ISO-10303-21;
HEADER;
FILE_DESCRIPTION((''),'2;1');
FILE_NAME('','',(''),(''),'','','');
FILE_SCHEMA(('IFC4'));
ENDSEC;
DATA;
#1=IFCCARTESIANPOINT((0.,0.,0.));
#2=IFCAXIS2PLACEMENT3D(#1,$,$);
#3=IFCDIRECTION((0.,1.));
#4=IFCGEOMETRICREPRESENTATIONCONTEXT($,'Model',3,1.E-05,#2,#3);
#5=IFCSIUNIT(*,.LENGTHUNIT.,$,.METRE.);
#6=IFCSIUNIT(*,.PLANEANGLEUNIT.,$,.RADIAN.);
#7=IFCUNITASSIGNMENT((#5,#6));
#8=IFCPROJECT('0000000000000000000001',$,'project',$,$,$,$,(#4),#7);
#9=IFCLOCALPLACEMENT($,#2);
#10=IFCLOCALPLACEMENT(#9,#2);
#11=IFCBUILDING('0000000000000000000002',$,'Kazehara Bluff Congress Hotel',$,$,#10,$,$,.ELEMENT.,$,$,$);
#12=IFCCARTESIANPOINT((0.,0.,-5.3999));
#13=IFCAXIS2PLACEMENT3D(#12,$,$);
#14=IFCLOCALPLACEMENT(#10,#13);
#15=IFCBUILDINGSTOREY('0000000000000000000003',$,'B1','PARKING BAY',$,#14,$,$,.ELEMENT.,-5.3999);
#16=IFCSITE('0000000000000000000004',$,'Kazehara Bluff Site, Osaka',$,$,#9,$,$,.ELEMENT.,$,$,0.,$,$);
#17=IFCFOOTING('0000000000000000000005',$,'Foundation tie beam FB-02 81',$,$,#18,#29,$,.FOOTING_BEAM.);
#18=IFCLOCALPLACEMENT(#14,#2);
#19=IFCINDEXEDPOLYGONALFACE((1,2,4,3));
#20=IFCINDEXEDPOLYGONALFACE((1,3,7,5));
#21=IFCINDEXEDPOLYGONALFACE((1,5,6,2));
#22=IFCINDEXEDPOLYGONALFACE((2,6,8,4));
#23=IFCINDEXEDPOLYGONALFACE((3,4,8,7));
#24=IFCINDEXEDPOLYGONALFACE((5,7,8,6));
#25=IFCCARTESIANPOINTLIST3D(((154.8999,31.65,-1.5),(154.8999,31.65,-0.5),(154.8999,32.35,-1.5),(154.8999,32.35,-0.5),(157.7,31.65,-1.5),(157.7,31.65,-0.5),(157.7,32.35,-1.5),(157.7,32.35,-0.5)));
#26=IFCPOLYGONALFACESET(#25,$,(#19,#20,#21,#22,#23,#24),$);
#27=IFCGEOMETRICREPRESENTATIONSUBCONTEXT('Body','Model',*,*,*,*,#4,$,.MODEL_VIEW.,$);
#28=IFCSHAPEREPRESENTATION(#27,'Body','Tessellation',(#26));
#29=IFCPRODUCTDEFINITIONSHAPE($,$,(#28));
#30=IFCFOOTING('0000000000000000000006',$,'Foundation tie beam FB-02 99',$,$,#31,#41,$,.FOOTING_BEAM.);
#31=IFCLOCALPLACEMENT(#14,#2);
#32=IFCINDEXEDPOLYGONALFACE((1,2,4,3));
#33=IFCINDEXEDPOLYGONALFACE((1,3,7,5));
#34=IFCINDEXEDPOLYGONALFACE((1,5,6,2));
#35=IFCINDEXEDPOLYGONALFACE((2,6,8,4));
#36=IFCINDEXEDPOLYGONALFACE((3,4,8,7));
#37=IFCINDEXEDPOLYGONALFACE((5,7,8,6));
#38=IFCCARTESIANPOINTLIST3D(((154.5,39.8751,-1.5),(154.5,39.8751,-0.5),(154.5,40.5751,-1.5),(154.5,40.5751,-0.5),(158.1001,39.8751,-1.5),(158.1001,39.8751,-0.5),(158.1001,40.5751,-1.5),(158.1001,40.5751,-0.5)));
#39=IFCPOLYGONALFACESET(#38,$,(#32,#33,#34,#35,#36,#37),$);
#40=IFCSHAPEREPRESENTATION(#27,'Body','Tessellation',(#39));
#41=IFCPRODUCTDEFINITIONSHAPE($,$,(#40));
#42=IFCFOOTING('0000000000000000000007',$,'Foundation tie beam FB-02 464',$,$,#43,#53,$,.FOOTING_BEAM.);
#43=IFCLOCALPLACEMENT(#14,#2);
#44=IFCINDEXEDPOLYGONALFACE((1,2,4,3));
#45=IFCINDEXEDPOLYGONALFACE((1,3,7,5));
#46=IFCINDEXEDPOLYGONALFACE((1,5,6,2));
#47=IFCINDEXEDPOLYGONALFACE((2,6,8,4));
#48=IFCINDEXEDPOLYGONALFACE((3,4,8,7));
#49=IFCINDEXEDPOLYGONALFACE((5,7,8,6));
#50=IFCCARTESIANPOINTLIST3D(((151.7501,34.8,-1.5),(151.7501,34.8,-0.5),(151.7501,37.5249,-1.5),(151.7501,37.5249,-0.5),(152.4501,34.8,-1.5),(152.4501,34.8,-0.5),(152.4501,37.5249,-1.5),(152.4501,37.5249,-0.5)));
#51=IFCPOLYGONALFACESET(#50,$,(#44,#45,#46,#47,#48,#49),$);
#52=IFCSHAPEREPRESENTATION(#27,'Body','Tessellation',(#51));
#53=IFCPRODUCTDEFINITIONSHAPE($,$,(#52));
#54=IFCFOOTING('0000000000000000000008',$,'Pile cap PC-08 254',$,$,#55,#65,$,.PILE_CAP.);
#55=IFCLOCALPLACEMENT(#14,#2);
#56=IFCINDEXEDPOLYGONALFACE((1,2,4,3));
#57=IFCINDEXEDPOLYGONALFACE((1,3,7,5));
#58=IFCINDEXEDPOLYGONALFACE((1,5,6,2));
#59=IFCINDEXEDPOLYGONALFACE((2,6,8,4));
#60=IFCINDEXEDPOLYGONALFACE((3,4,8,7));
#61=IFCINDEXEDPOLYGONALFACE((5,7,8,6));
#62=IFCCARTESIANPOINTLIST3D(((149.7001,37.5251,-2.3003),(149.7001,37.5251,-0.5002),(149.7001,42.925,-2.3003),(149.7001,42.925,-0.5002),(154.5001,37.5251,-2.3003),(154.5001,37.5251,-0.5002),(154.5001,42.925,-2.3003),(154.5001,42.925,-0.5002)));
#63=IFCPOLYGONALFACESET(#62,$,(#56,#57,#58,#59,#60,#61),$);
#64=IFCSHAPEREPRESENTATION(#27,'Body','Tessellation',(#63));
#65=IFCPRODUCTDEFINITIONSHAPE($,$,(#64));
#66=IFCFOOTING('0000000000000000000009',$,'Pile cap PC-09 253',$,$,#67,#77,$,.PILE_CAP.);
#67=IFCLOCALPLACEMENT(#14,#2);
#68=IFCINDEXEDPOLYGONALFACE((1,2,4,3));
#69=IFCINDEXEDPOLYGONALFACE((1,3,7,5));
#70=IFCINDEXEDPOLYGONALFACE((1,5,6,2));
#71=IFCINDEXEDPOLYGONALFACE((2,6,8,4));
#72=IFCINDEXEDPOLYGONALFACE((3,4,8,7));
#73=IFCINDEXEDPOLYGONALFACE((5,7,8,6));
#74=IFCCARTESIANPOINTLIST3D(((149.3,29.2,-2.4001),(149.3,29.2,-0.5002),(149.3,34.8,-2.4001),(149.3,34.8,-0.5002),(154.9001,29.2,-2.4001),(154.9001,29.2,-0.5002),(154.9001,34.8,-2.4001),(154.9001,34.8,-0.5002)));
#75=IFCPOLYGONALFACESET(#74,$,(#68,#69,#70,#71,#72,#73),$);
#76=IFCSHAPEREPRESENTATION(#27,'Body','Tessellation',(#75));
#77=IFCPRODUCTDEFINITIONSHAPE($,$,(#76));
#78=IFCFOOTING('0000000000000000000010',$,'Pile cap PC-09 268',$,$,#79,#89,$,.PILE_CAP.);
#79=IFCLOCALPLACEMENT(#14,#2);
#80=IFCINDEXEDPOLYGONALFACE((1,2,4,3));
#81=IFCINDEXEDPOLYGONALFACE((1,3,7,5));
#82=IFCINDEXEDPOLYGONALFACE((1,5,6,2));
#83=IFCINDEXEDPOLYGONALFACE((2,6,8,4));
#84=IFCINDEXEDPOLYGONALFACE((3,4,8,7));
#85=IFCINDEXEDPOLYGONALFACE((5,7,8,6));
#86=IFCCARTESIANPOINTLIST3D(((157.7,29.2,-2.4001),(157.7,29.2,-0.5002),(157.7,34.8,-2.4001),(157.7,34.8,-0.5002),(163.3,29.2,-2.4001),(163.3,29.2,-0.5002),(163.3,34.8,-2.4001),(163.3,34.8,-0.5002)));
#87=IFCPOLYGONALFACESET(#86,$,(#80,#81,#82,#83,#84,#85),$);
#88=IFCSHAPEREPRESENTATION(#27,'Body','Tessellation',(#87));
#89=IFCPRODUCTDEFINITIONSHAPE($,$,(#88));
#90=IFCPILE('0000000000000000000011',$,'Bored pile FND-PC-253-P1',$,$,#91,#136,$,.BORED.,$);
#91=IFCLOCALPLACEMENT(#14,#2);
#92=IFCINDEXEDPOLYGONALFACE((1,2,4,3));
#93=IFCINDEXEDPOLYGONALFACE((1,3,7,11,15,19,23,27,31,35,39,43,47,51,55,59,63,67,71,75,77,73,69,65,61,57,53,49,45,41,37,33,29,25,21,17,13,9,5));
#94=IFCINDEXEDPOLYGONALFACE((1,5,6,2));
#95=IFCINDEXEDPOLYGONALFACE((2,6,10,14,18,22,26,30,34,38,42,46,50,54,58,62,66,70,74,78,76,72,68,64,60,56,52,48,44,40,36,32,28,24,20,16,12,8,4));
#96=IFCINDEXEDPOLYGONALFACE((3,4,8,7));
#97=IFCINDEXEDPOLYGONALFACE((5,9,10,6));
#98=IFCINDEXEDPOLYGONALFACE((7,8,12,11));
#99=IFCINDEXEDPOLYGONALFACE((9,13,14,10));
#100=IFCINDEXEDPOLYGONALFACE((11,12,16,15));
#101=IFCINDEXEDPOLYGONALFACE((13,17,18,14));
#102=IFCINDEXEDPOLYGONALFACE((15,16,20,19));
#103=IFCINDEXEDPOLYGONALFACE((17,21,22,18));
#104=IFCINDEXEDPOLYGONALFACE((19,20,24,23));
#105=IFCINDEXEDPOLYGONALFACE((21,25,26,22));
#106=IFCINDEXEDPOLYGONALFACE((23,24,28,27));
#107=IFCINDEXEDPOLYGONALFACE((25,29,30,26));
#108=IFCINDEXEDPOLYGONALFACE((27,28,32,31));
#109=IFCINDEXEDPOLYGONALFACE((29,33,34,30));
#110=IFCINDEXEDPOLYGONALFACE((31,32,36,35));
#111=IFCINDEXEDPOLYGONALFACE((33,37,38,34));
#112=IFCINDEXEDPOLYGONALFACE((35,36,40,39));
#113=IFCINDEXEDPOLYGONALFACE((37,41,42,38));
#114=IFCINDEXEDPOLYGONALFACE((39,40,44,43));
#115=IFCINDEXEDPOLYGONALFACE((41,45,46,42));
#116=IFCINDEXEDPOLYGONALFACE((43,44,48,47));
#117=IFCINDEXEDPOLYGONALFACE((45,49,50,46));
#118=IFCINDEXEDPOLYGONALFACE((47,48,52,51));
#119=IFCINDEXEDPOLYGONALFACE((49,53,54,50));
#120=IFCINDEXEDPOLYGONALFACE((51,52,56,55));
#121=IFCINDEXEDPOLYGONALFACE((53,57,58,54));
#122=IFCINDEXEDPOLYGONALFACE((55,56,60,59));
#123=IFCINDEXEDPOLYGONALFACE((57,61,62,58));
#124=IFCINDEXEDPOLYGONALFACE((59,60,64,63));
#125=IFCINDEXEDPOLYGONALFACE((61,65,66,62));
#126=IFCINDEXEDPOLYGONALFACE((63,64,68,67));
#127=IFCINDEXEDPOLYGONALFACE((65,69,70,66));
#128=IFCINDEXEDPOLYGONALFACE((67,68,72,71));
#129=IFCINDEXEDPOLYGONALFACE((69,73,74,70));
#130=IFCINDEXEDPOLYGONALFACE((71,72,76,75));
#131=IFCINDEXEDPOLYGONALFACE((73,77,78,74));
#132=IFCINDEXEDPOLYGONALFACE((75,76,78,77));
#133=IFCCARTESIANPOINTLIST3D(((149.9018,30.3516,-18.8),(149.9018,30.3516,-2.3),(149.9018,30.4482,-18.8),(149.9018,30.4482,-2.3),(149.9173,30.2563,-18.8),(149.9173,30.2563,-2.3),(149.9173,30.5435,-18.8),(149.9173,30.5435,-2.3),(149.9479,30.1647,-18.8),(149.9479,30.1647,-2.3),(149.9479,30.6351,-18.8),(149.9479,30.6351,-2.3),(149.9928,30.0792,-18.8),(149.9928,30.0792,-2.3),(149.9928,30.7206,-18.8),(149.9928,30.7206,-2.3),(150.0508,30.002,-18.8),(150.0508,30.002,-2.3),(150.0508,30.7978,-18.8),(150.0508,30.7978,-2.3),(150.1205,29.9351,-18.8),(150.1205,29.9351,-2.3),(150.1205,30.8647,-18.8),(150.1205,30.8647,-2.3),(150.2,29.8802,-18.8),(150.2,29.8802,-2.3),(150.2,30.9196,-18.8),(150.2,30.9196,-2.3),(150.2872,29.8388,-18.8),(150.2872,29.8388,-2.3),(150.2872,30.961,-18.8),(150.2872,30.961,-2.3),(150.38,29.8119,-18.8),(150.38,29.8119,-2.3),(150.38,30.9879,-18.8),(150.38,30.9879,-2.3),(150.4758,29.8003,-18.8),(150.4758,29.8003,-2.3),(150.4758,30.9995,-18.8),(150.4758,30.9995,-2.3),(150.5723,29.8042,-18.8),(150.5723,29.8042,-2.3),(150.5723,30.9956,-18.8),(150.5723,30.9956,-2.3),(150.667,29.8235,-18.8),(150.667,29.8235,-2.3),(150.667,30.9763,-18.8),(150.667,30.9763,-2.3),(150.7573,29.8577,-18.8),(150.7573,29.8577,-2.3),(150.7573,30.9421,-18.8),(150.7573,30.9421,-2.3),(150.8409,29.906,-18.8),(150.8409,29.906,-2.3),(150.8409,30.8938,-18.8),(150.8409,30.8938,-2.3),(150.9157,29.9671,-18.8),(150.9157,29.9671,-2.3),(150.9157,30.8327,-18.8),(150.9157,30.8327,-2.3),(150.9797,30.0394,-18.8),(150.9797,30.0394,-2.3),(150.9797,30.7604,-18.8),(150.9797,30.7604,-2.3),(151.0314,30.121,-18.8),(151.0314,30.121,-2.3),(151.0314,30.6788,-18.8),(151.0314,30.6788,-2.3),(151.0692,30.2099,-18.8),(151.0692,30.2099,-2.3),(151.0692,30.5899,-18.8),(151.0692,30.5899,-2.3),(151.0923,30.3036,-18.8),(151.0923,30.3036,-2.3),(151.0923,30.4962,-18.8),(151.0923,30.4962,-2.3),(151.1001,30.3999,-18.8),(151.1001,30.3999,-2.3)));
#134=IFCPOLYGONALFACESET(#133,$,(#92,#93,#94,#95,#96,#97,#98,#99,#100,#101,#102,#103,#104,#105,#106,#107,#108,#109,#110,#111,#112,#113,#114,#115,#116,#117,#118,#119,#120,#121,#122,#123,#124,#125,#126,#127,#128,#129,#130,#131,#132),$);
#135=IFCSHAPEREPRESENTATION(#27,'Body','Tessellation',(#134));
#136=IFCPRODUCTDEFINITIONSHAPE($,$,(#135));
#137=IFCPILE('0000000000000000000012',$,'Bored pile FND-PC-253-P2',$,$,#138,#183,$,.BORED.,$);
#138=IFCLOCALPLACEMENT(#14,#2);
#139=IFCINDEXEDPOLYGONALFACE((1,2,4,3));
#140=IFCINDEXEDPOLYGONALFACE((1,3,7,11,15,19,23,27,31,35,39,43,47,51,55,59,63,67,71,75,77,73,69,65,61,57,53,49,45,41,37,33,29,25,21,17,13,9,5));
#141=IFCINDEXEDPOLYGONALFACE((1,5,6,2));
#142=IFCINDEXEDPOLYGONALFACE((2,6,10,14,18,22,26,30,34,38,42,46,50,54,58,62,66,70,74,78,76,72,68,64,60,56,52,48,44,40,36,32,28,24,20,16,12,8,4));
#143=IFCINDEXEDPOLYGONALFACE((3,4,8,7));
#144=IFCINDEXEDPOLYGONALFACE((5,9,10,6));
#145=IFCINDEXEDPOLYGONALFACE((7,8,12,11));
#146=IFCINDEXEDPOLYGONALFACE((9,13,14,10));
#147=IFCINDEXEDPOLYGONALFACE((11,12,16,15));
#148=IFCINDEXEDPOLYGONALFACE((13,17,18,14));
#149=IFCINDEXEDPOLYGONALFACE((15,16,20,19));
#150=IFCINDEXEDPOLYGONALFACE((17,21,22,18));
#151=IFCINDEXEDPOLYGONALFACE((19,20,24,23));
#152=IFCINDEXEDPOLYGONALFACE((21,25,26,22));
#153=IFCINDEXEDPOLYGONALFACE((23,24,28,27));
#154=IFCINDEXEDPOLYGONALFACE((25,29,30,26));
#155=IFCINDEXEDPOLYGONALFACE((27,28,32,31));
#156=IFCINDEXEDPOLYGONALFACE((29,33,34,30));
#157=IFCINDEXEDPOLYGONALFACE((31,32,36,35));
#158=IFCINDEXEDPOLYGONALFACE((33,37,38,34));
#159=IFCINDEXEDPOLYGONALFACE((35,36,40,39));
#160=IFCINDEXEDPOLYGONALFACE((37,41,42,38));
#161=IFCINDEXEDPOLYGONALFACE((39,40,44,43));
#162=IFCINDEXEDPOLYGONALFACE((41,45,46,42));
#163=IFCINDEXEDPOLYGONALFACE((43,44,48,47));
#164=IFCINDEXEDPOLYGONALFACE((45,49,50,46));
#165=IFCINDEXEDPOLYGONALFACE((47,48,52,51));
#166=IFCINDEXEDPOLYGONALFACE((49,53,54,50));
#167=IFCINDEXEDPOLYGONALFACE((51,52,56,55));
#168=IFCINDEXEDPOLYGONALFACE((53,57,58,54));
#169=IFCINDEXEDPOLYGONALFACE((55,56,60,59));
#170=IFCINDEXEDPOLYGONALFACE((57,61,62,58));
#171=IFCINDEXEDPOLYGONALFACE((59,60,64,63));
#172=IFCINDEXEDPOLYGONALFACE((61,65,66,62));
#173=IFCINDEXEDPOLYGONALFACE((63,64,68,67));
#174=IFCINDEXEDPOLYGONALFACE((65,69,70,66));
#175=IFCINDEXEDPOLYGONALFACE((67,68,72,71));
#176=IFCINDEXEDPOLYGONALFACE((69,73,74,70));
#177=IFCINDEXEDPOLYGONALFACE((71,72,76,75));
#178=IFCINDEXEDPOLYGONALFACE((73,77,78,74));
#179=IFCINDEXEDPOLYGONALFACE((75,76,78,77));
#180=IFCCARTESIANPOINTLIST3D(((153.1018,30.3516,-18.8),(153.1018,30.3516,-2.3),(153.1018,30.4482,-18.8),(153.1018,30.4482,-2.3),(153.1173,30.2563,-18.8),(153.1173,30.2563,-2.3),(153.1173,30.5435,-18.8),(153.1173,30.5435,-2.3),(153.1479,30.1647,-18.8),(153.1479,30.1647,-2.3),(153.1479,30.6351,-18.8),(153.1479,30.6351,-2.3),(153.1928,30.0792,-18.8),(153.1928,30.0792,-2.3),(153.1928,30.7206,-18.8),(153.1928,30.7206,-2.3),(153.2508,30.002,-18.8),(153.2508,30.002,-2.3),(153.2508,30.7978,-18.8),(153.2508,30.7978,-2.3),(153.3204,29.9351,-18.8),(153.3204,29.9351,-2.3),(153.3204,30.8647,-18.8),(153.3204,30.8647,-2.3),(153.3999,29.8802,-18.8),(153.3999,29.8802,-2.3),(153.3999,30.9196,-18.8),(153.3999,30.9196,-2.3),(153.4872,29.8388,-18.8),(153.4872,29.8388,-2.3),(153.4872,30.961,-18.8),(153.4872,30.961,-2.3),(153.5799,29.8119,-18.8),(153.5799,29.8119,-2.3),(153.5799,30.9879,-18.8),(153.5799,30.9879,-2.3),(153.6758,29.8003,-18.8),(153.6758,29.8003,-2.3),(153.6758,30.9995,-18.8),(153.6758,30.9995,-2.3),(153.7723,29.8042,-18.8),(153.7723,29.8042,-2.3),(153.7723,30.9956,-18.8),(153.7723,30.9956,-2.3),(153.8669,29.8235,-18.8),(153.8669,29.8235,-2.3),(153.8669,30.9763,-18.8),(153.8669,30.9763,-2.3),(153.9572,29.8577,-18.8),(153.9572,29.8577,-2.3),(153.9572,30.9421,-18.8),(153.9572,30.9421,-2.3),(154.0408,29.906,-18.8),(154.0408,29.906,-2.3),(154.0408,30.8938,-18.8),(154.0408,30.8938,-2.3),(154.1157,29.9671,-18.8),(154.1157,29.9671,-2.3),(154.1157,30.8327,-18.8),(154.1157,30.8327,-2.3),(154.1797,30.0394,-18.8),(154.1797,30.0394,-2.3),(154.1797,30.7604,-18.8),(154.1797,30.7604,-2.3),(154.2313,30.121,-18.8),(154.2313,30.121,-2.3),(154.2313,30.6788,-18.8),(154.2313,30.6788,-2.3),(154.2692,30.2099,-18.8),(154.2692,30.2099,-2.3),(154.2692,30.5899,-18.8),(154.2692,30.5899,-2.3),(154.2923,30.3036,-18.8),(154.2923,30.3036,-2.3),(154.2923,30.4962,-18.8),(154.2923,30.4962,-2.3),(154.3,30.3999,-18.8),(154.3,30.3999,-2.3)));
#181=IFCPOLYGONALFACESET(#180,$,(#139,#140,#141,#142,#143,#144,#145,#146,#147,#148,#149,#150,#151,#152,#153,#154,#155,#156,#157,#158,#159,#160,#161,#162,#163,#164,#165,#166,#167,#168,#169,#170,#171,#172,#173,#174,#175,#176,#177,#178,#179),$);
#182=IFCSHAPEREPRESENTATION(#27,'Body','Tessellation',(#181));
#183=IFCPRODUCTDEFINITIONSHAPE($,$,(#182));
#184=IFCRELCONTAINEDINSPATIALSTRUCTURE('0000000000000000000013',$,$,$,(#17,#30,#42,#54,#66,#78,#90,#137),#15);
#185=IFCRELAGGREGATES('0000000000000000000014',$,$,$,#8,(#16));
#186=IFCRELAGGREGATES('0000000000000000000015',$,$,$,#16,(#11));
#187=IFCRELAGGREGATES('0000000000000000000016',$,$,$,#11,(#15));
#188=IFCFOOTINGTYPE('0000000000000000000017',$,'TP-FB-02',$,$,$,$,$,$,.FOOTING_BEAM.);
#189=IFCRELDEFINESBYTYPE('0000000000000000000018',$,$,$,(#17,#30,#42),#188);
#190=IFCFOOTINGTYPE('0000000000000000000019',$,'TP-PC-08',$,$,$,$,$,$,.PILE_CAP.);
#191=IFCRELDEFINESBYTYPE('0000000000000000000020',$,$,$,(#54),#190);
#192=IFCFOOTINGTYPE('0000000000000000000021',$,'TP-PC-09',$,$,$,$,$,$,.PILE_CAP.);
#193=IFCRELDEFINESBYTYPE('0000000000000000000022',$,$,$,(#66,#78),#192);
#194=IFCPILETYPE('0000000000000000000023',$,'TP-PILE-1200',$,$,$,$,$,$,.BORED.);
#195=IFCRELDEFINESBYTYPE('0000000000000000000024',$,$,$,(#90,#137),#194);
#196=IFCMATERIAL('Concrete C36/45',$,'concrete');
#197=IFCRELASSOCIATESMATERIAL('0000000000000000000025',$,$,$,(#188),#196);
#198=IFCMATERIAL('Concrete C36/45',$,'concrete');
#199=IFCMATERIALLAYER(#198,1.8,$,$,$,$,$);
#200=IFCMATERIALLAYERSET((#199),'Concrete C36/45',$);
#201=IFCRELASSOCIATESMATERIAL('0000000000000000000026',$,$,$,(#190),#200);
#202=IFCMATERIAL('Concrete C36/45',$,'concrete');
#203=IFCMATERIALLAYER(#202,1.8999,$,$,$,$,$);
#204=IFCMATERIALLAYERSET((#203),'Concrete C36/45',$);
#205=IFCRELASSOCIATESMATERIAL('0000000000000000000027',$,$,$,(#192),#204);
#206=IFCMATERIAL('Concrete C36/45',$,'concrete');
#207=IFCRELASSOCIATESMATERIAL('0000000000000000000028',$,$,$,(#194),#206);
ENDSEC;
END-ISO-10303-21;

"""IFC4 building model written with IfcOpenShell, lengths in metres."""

from ifc_helpers import new_model, si_unit, direction, frame, origin, origin_2d, place, context, subcontext, project, spatial, rectangle, circle, extrude, material, layer, layer_set, material_profile, profile_set, type_object, element, save


model = new_model("IFC4")

# Units and contexts
model_context = context("Model", 3, precision=1e-05, world=origin(), true_north=direction((0.0, 1.0)))
body_context = subcontext(model_context, "Body", "Model", "MODEL_VIEW")
ifc_project = project(units=[si_unit("LENGTHUNIT", "METRE"), si_unit("PLANEANGLEUNIT", "RADIAN")], contexts=[model_context])

# Site, building, storey
site_placement = place(None, origin())
site = spatial("IfcSite", under=ifc_project, at=site_placement, Name="Kazehara Bluff Site, Osaka", CompositionType="ELEMENT", RefElevation=0.0)
building_placement = place(site_placement, origin())
building = spatial("IfcBuilding", under=site, at=building_placement, Name="Kazehara Bluff Congress Hotel", CompositionType="ELEMENT")
storey_placement = place(building_placement, frame((0.0, 0.0, -5.3999)))
storey = spatial("IfcBuildingStorey", under=building, at=storey_placement, Name="B1", Description="PARKING BAY", CompositionType="ELEMENT", Elevation=-5.3999)

# Footings
ifc_material_1 = material(Name="Concrete C36/45", Category="concrete")
ifc_material_profile_1 = material_profile(ifc_material_1, rectangle(XDim=0.7, YDim=1.0, at=origin_2d()))
ifc_profile_set_1 = profile_set([ifc_material_profile_1], Name="Concrete C36/45")
footing_type_1 = type_object("IfcFootingType", Name="TP-FB-02", PredefinedType="FOOTING_BEAM", material=ifc_profile_set_1)
footing_1_placement = place(storey_placement, frame((154.8999, 32.0, -1.0), z_axis=(1.0, 0.0, 0.0), x_axis=(0.0, 1.0, 0.0)))
element("IfcFooting", 1, at=footing_1_placement, inside=storey, type_object=footing_type_1, Name="Foundation tie beam FB-02 81", PredefinedType="FOOTING_BEAM", context=body_context, shape_type="SweptSolid", body=[
    extrude(rectangle(XDim=0.7, YDim=1.0, at=origin_2d()), origin(), (0.0, 0.0, 1.0), 2.8),
])
footing_2_placement = place(storey_placement, frame((154.5, 40.2251, -1.0), z_axis=(1.0, 0.0, 0.0), x_axis=(0.0, 1.0, 0.0)))
element("IfcFooting", 2, at=footing_2_placement, inside=storey, type_object=footing_type_1, Name="Foundation tie beam FB-02 99", PredefinedType="FOOTING_BEAM", context=body_context, shape_type="SweptSolid", body=[
    extrude(rectangle(XDim=0.7, YDim=1.0, at=origin_2d()), origin(), (0.0, 0.0, 1.0), 3.6001),
])
footing_3_placement = place(storey_placement, frame((152.1001, 34.8, -1.0), z_axis=(0.0, 1.0, 0.0), x_axis=(-1.0, 0.0, 0.0)))
element("IfcFooting", 3, at=footing_3_placement, inside=storey, type_object=footing_type_1, Name="Foundation tie beam FB-02 464", PredefinedType="FOOTING_BEAM", context=body_context, shape_type="SweptSolid", body=[
    extrude(rectangle(XDim=0.7, YDim=1.0, at=origin_2d()), origin(), (0.0, 0.0, 1.0), 2.7249),
])
ifc_material_2 = material(Name="Concrete C36/45", Category="concrete")
ifc_layer_1 = layer(ifc_material_2, 1.8)
ifc_layer_set_1 = layer_set([ifc_layer_1], Name="Concrete C36/45")
footing_type_2 = type_object("IfcFootingType", Name="TP-PC-08", PredefinedType="PILE_CAP", material=ifc_layer_set_1)
footing_4_placement = place(storey_placement, frame((152.1001, 40.2251, -2.3003), z_axis=(0.0, 0.0, 1.0), x_axis=(1.0, 0.0, 0.0)))
element("IfcFooting", 4, at=footing_4_placement, inside=storey, type_object=footing_type_2, Name="Pile cap PC-08 254", PredefinedType="PILE_CAP", context=body_context, shape_type="SweptSolid", body=[
    extrude(rectangle(XDim=4.8, YDim=5.3999, at=origin_2d()), origin(), (0.0, 0.0, 1.0), 1.8),
])
ifc_material_3 = material(Name="Concrete C36/45", Category="concrete")
ifc_layer_2 = layer(ifc_material_3, 1.8999)
ifc_layer_set_2 = layer_set([ifc_layer_2], Name="Concrete C36/45")
footing_type_3 = type_object("IfcFootingType", Name="TP-PC-09", PredefinedType="PILE_CAP", material=ifc_layer_set_2)
for number, where, z_axis, x_axis, name in (
    (5, (152.1001, 32.0, -2.4001), (0.0, 0.0, 1.0), (1.0, 0.0, 0.0), "Pile cap PC-09 253"),
    (6, (160.5, 32.0, -2.4001), (0.0, 0.0, 1.0), (1.0, 0.0, 0.0), "Pile cap PC-09 268"),
):
    element("IfcFooting", number, at=place(storey_placement, frame(where, z_axis=z_axis, x_axis=x_axis)), inside=storey, type_object=footing_type_3, Name=name, PredefinedType="PILE_CAP", context=body_context, shape_type="SweptSolid", body=[
        extrude(rectangle(XDim=5.6001, YDim=5.6001, at=origin_2d()), origin(), (0.0, 0.0, 1.0), 1.8999),
    ])

# Piles
ifc_material_4 = material(Name="Concrete C36/45", Category="concrete")
ifc_material_profile_2 = material_profile(ifc_material_4, circle(Radius=0.6001, at=origin_2d()))
ifc_profile_set_2 = profile_set([ifc_material_profile_2], Name="Concrete C36/45")
pile_type = type_object("IfcPileType", Name="TP-PILE-1200", PredefinedType="BORED", material=ifc_profile_set_2)
for number, where, z_axis, x_axis, name in (
    (7, (150.5, 30.3999, -2.3), (0.0, 0.0, -1.0), (1.0, 0.0, 0.0), "Bored pile FND-PC-253-P1"),
    (8, (153.7, 30.3999, -2.3), (0.0, 0.0, -1.0), (1.0, 0.0, 0.0), "Bored pile FND-PC-253-P2"),
):
    element("IfcPile", number, at=place(storey_placement, frame(where, z_axis=z_axis, x_axis=x_axis)), inside=storey, type_object=pile_type, Name=name, PredefinedType="BORED", context=body_context, shape_type="SweptSolid", body=[
        extrude(circle(Radius=0.6001, at=origin_2d()), origin(), (0.0, 0.0, 1.0), 16.5),
    ])

save(model, "model.ifc")
